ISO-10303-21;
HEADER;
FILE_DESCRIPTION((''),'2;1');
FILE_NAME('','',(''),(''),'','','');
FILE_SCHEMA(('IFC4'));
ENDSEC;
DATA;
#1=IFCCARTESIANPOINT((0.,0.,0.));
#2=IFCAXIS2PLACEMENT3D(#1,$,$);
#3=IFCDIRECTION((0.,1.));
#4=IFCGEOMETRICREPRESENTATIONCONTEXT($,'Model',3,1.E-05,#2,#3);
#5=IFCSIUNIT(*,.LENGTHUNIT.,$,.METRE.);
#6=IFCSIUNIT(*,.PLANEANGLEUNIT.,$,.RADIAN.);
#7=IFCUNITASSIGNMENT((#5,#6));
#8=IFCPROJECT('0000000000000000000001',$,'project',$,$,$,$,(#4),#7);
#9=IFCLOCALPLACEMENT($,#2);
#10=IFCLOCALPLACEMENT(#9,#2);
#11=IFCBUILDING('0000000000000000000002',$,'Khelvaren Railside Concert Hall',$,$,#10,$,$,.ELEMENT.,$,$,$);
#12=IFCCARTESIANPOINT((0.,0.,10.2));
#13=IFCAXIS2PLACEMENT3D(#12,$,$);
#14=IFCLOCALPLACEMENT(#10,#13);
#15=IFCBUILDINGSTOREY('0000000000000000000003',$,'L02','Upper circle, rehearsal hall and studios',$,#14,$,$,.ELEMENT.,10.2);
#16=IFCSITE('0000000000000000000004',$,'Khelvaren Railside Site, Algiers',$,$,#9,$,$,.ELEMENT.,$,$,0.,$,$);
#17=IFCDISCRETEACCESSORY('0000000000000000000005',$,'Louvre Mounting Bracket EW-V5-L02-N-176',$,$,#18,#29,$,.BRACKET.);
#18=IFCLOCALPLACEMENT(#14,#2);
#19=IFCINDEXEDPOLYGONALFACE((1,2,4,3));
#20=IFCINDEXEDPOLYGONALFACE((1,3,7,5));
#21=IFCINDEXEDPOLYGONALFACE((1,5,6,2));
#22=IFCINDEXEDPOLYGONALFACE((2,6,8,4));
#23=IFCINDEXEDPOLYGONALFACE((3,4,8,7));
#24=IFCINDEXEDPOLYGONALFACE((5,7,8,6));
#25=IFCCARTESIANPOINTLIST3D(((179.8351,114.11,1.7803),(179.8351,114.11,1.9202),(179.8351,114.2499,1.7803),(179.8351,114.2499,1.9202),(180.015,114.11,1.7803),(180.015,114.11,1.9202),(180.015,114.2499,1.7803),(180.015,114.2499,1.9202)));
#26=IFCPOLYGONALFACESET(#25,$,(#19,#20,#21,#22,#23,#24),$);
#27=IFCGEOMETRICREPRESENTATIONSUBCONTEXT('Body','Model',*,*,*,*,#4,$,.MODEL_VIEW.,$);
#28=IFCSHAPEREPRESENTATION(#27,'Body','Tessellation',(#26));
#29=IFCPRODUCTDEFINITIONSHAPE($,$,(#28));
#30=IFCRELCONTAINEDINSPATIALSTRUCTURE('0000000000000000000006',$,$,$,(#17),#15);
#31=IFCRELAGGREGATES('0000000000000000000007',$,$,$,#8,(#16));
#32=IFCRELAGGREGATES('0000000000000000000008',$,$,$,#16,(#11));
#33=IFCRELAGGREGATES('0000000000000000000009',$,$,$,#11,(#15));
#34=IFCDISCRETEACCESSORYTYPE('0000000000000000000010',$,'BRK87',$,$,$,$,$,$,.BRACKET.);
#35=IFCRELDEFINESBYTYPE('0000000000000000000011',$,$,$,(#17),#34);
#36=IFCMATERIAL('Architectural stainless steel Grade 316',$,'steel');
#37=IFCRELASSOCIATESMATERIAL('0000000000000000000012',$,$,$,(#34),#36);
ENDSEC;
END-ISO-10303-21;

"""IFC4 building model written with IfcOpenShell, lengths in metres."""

from ifc_helpers import new_model, si_unit, direction, frame, origin, origin_2d, place, context, subcontext, project, spatial, rectangle, extrude, material, type_object, element, save


model = new_model("IFC4")

# Units and contexts
model_context = context("Model", 3, precision=1e-05, world=origin(), true_north=direction((0.0, 1.0)))
body_context = subcontext(model_context, "Body", "Model", "MODEL_VIEW")
ifc_project = project(units=[si_unit("LENGTHUNIT", "METRE"), si_unit("PLANEANGLEUNIT", "RADIAN")], contexts=[model_context])

# Site, building, storey
site_placement = place(None, origin())
site = spatial("IfcSite", under=ifc_project, at=site_placement, Name="Khelvaren Railside Site, Algiers", CompositionType="ELEMENT", RefElevation=0.0)
building_placement = place(site_placement, origin())
building = spatial("IfcBuilding", under=site, at=building_placement, Name="Khelvaren Railside Concert Hall", CompositionType="ELEMENT")
storey_placement = place(building_placement, frame((0.0, 0.0, 10.2)))
storey = spatial("IfcBuildingStorey", under=building, at=storey_placement, Name="L02", Description="Upper circle, rehearsal hall and studios", CompositionType="ELEMENT", Elevation=10.2)

# Discrete accessory
ifc_material_1 = material(Name="Architectural stainless steel Grade 316", Category="steel")
discrete_accessory_type_1 = type_object("IfcDiscreteAccessoryType", Name="BRK87", PredefinedType="BRACKET", material=ifc_material_1)
discrete_accessory_placement = place(storey_placement, frame((179.925, 114.1799, 1.7803), z_axis=(0.0, 0.0, 1.0), x_axis=(1.0, 0.0, 0.0)))
element("IfcDiscreteAccessory", 1, at=discrete_accessory_placement, inside=storey, type_object=discrete_accessory_type_1, Name="Louvre Mounting Bracket EW-V5-L02-N-176", PredefinedType="BRACKET", context=body_context, shape_type="SweptSolid", body=[
    extrude(rectangle(XDim=0.1799, YDim=0.1399, at=origin_2d()), origin(), (0.0, 0.0, 1.0), 0.1399),
])

save(model, "model.ifc")
